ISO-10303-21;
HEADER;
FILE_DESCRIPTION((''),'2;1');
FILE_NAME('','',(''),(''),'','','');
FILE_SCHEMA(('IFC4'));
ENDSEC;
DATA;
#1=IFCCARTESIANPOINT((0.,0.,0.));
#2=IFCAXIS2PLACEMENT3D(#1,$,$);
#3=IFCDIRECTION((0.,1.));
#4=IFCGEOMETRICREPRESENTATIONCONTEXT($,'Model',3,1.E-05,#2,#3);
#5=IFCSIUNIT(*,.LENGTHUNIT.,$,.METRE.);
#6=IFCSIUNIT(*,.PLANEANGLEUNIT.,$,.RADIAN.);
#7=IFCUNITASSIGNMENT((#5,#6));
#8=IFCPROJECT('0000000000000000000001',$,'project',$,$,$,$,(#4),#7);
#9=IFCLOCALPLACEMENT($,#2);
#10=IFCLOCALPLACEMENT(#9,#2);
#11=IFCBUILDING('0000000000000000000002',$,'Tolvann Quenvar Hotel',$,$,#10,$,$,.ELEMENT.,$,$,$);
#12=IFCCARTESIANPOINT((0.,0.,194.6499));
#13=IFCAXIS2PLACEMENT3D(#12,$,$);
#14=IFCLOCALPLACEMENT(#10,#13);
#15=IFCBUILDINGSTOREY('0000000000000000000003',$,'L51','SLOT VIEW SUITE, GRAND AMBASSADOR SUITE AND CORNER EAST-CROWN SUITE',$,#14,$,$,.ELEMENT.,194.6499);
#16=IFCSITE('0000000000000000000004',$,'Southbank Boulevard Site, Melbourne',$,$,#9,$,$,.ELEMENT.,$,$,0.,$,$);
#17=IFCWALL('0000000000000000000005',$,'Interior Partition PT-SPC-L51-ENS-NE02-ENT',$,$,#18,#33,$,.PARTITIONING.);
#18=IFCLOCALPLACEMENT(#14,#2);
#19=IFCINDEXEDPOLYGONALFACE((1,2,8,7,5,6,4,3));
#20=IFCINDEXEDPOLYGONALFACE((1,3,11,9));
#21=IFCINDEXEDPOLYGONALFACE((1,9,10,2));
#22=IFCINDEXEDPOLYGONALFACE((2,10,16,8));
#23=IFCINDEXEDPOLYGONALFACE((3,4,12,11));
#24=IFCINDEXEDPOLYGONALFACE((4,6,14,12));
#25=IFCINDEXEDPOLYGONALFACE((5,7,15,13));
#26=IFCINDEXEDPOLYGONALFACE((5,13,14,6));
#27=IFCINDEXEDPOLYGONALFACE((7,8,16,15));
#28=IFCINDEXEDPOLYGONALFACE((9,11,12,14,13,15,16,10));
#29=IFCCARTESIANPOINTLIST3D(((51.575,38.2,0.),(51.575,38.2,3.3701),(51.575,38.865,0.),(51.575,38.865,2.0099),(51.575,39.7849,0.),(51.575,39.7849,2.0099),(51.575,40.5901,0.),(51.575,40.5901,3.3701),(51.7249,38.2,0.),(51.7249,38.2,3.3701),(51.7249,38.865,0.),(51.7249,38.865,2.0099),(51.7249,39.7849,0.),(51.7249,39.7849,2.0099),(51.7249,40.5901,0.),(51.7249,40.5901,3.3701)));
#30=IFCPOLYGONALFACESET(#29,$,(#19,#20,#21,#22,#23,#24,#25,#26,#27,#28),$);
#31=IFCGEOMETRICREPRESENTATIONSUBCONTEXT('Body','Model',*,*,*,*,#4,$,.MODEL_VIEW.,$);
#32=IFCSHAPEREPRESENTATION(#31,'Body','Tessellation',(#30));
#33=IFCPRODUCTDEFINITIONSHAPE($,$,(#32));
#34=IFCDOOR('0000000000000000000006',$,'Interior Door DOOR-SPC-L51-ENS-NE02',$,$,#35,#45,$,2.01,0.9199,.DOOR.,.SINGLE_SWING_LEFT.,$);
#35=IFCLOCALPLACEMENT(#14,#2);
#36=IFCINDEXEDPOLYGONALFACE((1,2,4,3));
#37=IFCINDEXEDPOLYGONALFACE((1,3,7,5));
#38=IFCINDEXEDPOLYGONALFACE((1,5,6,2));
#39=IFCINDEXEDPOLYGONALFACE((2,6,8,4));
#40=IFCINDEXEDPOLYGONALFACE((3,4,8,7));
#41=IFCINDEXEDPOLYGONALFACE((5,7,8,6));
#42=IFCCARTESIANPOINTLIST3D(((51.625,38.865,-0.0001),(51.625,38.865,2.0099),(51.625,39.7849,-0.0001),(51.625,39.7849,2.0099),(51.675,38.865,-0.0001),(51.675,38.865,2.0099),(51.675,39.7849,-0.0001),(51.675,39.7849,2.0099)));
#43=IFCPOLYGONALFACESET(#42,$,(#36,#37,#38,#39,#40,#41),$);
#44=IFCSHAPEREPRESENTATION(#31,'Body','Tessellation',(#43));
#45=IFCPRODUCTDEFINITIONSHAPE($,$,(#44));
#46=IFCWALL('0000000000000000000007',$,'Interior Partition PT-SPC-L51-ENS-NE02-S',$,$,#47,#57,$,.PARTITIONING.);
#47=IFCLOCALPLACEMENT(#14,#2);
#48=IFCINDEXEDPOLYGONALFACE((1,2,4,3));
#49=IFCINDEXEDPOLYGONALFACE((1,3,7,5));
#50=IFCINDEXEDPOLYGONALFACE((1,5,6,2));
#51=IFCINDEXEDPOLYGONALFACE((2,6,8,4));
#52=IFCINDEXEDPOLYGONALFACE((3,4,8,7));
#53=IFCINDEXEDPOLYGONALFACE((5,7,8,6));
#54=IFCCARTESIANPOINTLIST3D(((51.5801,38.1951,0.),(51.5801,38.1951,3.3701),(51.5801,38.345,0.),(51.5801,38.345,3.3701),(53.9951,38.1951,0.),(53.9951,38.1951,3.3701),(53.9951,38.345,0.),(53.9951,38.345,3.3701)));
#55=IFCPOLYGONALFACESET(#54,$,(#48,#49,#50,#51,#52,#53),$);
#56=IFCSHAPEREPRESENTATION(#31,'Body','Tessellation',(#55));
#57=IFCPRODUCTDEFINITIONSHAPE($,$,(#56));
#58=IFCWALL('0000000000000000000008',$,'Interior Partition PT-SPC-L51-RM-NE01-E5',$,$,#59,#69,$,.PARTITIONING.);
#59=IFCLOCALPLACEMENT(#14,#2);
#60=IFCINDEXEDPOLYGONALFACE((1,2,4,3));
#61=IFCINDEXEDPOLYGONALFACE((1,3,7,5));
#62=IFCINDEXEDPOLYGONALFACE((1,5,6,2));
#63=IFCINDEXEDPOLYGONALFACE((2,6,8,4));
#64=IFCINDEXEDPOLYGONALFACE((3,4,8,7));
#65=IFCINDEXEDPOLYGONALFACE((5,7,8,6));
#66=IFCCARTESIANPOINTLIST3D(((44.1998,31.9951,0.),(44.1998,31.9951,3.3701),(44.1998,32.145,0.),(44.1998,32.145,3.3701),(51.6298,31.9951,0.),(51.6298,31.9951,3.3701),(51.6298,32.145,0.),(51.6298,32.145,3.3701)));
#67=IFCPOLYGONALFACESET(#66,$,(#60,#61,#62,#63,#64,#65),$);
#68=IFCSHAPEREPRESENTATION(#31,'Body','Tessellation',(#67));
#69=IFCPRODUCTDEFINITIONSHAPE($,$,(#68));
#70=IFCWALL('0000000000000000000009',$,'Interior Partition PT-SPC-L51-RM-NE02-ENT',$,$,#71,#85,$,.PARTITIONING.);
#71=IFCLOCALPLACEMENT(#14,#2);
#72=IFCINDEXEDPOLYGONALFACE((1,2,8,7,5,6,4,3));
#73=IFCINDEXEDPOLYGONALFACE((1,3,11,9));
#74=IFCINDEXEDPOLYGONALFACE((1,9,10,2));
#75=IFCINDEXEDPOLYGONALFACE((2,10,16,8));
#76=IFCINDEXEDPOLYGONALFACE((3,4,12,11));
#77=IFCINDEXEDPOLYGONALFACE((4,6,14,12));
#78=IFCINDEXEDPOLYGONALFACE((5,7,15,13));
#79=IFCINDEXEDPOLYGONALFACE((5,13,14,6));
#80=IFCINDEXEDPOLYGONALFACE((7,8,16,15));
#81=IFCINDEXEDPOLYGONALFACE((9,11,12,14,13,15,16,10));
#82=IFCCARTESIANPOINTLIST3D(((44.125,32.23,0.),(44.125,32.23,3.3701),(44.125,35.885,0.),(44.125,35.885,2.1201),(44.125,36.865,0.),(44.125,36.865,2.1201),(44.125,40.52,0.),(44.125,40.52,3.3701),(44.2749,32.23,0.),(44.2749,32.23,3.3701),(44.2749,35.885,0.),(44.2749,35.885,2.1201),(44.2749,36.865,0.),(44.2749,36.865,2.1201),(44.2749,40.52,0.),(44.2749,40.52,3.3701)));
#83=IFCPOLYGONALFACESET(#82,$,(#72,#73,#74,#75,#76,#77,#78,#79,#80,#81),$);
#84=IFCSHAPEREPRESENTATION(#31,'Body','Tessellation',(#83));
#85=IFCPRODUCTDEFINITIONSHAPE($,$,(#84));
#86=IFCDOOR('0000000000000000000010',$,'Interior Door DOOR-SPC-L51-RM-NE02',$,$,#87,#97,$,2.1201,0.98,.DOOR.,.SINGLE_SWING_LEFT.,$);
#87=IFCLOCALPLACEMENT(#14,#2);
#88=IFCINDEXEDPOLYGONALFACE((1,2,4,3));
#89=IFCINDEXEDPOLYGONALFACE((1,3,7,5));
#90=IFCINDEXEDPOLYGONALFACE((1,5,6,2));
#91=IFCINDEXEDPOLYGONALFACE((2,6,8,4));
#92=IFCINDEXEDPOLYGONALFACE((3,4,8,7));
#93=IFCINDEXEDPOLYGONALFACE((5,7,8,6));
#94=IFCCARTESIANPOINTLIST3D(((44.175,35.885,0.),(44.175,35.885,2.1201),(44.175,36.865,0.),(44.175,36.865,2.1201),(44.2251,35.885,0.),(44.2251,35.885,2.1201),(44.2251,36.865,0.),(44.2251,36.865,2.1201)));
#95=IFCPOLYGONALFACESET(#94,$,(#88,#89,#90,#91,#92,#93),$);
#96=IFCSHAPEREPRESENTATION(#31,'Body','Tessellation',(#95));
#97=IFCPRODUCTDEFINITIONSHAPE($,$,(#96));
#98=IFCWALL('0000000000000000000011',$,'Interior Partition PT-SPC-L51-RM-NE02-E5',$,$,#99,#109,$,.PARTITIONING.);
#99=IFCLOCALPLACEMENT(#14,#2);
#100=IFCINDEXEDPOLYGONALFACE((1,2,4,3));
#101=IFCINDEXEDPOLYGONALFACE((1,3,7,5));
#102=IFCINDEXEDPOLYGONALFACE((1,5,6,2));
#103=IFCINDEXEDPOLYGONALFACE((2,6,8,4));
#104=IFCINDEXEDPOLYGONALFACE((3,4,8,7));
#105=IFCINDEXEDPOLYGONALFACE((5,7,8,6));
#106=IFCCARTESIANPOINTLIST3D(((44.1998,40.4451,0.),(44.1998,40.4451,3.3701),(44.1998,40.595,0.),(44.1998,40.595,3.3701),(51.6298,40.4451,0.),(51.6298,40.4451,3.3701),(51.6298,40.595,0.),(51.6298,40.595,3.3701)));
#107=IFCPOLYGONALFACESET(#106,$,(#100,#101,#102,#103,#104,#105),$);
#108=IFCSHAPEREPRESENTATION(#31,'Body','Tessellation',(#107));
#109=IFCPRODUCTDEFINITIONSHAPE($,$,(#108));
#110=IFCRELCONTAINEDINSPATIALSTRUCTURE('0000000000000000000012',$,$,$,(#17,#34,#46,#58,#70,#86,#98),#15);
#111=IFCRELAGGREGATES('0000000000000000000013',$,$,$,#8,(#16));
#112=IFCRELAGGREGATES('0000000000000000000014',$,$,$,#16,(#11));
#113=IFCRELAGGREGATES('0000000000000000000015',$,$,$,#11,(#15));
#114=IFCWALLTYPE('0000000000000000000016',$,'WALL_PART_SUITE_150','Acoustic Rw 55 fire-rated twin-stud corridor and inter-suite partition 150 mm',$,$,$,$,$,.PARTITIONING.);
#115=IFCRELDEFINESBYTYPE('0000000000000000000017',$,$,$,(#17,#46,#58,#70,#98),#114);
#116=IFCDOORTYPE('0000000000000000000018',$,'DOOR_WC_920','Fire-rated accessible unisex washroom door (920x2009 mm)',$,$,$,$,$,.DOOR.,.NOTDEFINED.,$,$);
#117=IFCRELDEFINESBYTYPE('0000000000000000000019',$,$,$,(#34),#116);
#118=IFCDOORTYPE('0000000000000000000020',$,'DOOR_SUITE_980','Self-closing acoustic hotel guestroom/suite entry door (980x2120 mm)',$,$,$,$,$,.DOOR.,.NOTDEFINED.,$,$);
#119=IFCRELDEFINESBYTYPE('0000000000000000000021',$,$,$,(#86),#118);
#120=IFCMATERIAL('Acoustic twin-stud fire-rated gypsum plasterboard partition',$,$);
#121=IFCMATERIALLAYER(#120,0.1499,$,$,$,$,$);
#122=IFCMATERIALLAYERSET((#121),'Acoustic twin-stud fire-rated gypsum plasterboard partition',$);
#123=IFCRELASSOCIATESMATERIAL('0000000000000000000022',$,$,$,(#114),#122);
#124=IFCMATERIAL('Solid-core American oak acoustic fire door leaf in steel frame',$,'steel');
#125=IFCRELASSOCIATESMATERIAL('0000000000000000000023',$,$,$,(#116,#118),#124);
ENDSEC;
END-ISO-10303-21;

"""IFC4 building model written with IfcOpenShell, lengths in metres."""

from ifc_helpers import new_model, si_unit, direction, frame, frame_2d, origin, place, context, subcontext, project, spatial, rectangle, extrude, source, transform, mapped, material, layer, layer_set, type_object, type_shapes, element, fill, save


model = new_model("IFC4")

# Units and contexts
model_context = context("Model", 3, precision=1e-05, world=origin(), true_north=direction((0.0, 1.0)))
body_context = subcontext(model_context, "Body", "Model", "MODEL_VIEW")
ifc_project = project(units=[si_unit("LENGTHUNIT", "METRE"), si_unit("PLANEANGLEUNIT", "RADIAN")], contexts=[model_context])

# Site, building, storey
site_placement = place(None, origin())
site = spatial("IfcSite", under=ifc_project, at=site_placement, Name="Southbank Boulevard Site, Melbourne", CompositionType="ELEMENT", RefElevation=0.0)
building_placement = place(site_placement, origin())
building = spatial("IfcBuilding", under=site, at=building_placement, Name="Tolvann Quenvar Hotel", CompositionType="ELEMENT")
storey_placement = place(building_placement, frame((0.0, 0.0, 194.6499)))
storey = spatial("IfcBuildingStorey", under=building, at=storey_placement, Name="L51", Description="SLOT VIEW SUITE, GRAND AMBASSADOR SUITE AND CORNER EAST-CROWN SUITE", CompositionType="ELEMENT", Elevation=194.6499)

# Shared definitions
ifc_material_1 = material(Name="Acoustic twin-stud fire-rated gypsum plasterboard partition")
ifc_layer_1 = layer(ifc_material_1, 0.1499)
ifc_layer_set_1 = layer_set([ifc_layer_1], Name="Acoustic twin-stud fire-rated gypsum plasterboard partition")
wall_type_1 = type_object("IfcWallType", Name="WALL_PART_SUITE_150", Description="Acoustic Rw 55 fire-rated twin-stud corridor and inter-suite partition 150 mm", PredefinedType="PARTITIONING", material=ifc_layer_set_1)
ifc_material_2 = material(Name="Solid-core American oak acoustic fire door leaf in steel frame", Category="steel")
door_type_1 = type_object("IfcDoorType", Name="DOOR_WC_920", Description="Fire-rated accessible unisex washroom door (920x2009 mm)", OperationType="NOTDEFINED", PredefinedType="DOOR", material=ifc_material_2)
shared_shape_1 = source(origin(), body_context, "Body", "SweptSolid", [
    extrude(rectangle(XDim=0.9199, YDim=2.01, at=frame_2d((0.46, 1.0049))), frame((0.0, 0.0249, 0.0), z_axis=(0.0, -1.0, 0.0), x_axis=(1.0, 0.0, 0.0)), (0.0, 0.0, 1.0), 0.05),
])
type_shapes(door_type_1, [shared_shape_1])

# Wall, opening, door
wall_1_placement = place(storey_placement, frame((51.6499, 38.2, 0.0), z_axis=(0.0, 0.0, 1.0), x_axis=(0.0, 1.0, 0.0)))
wall_1 = element("IfcWall", 1, at=wall_1_placement, inside=storey, type_object=wall_type_1, Name="Interior Partition PT-SPC-L51-ENS-NE02-ENT", PredefinedType="PARTITIONING", context=body_context, shape_type="SweptSolid", body=[
    extrude(rectangle(XDim=2.3901, YDim=0.1499, at=frame_2d((1.1951, 0.0))), origin(), (0.0, 0.0, 1.0), 3.3701),
])
opening_1_placement = place(wall_1_placement, frame((0.665, 0.0, 0.0)))
opening_1 = element("IfcOpeningElement", 2, at=opening_1_placement, cuts=wall_1, PredefinedType="OPENING", context=body_context, shape_type="SweptSolid", body=[
    extrude(rectangle(XDim=0.9199, YDim=2.01, at=frame_2d((0.46, 1.0049))), frame((0.0, 0.085, 0.0), z_axis=(0.0, -1.0, 0.0), x_axis=(1.0, 0.0, 0.0)), (0.0, 0.0, 1.0), 0.1699),
])
door_1_placement = place(opening_1_placement, origin())
door_1 = element("IfcDoor", 3, at=door_1_placement, inside=storey, type_object=door_type_1, Name="Interior Door DOOR-SPC-L51-ENS-NE02", OperationType="SINGLE_SWING_LEFT", OverallHeight=2.01, OverallWidth=0.9199, PredefinedType="DOOR", context=body_context, shape_type="MappedRepresentation", body=[
    mapped(shared_shape_1, transform((0.0, 0.0, 0.0), x_axis=(1.0, 0.0, 0.0), y_axis=(0.0, 1.0, 0.0), z_axis=(0.0, 0.0, 1.0), scale=1.0)),
])
fill(opening_1, door_1)

# Walls
wall_2_placement = place(storey_placement, frame((51.5801, 38.27, 0.0), z_axis=(0.0, 0.0, 1.0), x_axis=(1.0, 0.0, 0.0)))
element("IfcWall", 4, at=wall_2_placement, inside=storey, type_object=wall_type_1, Name="Interior Partition PT-SPC-L51-ENS-NE02-S", PredefinedType="PARTITIONING", context=body_context, shape_type="SweptSolid", body=[
    extrude(rectangle(XDim=2.415, YDim=0.1499, at=frame_2d((1.2075, 0.0))), origin(), (0.0, 0.0, 1.0), 3.3701),
])
wall_3_placement = place(storey_placement, frame((44.2, 32.0701, 0.0), z_axis=(0.0, 0.0, 1.0), x_axis=(1.0, 0.0, 0.0)))
element("IfcWall", 5, at=wall_3_placement, inside=storey, type_object=wall_type_1, Name="Interior Partition PT-SPC-L51-RM-NE01-E5", PredefinedType="PARTITIONING", context=body_context, shape_type="SweptSolid", body=[
    extrude(rectangle(XDim=7.4299, YDim=0.1499, at=frame_2d((3.7148, 0.0))), origin(), (0.0, 0.0, 1.0), 3.3701),
])

# Wall, opening, door
wall_4_placement = place(storey_placement, frame((44.2, 32.23, 0.0), z_axis=(0.0, 0.0, 1.0), x_axis=(0.0, 1.0, 0.0)))
wall_4 = element("IfcWall", 6, at=wall_4_placement, inside=storey, type_object=wall_type_1, Name="Interior Partition PT-SPC-L51-RM-NE02-ENT", PredefinedType="PARTITIONING", context=body_context, shape_type="SweptSolid", body=[
    extrude(rectangle(XDim=8.29, YDim=0.1499, at=frame_2d((4.145, 0.0))), origin(), (0.0, 0.0, 1.0), 3.3701),
])
opening_2_placement = place(wall_4_placement, frame((3.655, 0.0, 0.0)))
opening_2 = element("IfcOpeningElement", 7, at=opening_2_placement, cuts=wall_4, PredefinedType="OPENING", context=body_context, shape_type="SweptSolid", body=[
    extrude(rectangle(XDim=0.98, YDim=2.1201, at=frame_2d((0.49, 1.0601))), frame((0.0, 0.085, 0.0), z_axis=(0.0, -1.0, 0.0), x_axis=(1.0, 0.0, 0.0)), (0.0, 0.0, 1.0), 0.1699),
])
door_type_2 = type_object("IfcDoorType", Name="DOOR_SUITE_980", Description="Self-closing acoustic hotel guestroom/suite entry door (980x2120 mm)", OperationType="NOTDEFINED", PredefinedType="DOOR", material=ifc_material_2)
shared_shape_2 = source(origin(), body_context, "Body", "SweptSolid", [
    extrude(rectangle(XDim=0.98, YDim=2.1201, at=frame_2d((0.49, 1.0601))), frame((0.0, 0.0249, 0.0), z_axis=(0.0, -1.0, 0.0), x_axis=(1.0, 0.0, 0.0)), (0.0, 0.0, 1.0), 0.05),
])
type_shapes(door_type_2, [shared_shape_2])
door_2_placement = place(opening_2_placement, origin())
door_2 = element("IfcDoor", 8, at=door_2_placement, inside=storey, type_object=door_type_2, Name="Interior Door DOOR-SPC-L51-RM-NE02", OperationType="SINGLE_SWING_LEFT", OverallHeight=2.1201, OverallWidth=0.98, PredefinedType="DOOR", context=body_context, shape_type="MappedRepresentation", body=[
    mapped(shared_shape_2, transform((0.0, 0.0, 0.0), x_axis=(1.0, 0.0, 0.0), y_axis=(0.0, 1.0, 0.0), z_axis=(0.0, 0.0, 1.0), scale=1.0)),
])
fill(opening_2, door_2)

# Wall
wall_5_placement = place(storey_placement, frame((44.2, 40.52, 0.0), z_axis=(0.0, 0.0, 1.0), x_axis=(1.0, 0.0, 0.0)))
element("IfcWall", 9, at=wall_5_placement, inside=storey, type_object=wall_type_1, Name="Interior Partition PT-SPC-L51-RM-NE02-E5", PredefinedType="PARTITIONING", context=body_context, shape_type="SweptSolid", body=[
    extrude(rectangle(XDim=7.4299, YDim=0.1499, at=frame_2d((3.7148, 0.0))), origin(), (0.0, 0.0, 1.0), 3.3701),
])

save(model, "model.ifc")
